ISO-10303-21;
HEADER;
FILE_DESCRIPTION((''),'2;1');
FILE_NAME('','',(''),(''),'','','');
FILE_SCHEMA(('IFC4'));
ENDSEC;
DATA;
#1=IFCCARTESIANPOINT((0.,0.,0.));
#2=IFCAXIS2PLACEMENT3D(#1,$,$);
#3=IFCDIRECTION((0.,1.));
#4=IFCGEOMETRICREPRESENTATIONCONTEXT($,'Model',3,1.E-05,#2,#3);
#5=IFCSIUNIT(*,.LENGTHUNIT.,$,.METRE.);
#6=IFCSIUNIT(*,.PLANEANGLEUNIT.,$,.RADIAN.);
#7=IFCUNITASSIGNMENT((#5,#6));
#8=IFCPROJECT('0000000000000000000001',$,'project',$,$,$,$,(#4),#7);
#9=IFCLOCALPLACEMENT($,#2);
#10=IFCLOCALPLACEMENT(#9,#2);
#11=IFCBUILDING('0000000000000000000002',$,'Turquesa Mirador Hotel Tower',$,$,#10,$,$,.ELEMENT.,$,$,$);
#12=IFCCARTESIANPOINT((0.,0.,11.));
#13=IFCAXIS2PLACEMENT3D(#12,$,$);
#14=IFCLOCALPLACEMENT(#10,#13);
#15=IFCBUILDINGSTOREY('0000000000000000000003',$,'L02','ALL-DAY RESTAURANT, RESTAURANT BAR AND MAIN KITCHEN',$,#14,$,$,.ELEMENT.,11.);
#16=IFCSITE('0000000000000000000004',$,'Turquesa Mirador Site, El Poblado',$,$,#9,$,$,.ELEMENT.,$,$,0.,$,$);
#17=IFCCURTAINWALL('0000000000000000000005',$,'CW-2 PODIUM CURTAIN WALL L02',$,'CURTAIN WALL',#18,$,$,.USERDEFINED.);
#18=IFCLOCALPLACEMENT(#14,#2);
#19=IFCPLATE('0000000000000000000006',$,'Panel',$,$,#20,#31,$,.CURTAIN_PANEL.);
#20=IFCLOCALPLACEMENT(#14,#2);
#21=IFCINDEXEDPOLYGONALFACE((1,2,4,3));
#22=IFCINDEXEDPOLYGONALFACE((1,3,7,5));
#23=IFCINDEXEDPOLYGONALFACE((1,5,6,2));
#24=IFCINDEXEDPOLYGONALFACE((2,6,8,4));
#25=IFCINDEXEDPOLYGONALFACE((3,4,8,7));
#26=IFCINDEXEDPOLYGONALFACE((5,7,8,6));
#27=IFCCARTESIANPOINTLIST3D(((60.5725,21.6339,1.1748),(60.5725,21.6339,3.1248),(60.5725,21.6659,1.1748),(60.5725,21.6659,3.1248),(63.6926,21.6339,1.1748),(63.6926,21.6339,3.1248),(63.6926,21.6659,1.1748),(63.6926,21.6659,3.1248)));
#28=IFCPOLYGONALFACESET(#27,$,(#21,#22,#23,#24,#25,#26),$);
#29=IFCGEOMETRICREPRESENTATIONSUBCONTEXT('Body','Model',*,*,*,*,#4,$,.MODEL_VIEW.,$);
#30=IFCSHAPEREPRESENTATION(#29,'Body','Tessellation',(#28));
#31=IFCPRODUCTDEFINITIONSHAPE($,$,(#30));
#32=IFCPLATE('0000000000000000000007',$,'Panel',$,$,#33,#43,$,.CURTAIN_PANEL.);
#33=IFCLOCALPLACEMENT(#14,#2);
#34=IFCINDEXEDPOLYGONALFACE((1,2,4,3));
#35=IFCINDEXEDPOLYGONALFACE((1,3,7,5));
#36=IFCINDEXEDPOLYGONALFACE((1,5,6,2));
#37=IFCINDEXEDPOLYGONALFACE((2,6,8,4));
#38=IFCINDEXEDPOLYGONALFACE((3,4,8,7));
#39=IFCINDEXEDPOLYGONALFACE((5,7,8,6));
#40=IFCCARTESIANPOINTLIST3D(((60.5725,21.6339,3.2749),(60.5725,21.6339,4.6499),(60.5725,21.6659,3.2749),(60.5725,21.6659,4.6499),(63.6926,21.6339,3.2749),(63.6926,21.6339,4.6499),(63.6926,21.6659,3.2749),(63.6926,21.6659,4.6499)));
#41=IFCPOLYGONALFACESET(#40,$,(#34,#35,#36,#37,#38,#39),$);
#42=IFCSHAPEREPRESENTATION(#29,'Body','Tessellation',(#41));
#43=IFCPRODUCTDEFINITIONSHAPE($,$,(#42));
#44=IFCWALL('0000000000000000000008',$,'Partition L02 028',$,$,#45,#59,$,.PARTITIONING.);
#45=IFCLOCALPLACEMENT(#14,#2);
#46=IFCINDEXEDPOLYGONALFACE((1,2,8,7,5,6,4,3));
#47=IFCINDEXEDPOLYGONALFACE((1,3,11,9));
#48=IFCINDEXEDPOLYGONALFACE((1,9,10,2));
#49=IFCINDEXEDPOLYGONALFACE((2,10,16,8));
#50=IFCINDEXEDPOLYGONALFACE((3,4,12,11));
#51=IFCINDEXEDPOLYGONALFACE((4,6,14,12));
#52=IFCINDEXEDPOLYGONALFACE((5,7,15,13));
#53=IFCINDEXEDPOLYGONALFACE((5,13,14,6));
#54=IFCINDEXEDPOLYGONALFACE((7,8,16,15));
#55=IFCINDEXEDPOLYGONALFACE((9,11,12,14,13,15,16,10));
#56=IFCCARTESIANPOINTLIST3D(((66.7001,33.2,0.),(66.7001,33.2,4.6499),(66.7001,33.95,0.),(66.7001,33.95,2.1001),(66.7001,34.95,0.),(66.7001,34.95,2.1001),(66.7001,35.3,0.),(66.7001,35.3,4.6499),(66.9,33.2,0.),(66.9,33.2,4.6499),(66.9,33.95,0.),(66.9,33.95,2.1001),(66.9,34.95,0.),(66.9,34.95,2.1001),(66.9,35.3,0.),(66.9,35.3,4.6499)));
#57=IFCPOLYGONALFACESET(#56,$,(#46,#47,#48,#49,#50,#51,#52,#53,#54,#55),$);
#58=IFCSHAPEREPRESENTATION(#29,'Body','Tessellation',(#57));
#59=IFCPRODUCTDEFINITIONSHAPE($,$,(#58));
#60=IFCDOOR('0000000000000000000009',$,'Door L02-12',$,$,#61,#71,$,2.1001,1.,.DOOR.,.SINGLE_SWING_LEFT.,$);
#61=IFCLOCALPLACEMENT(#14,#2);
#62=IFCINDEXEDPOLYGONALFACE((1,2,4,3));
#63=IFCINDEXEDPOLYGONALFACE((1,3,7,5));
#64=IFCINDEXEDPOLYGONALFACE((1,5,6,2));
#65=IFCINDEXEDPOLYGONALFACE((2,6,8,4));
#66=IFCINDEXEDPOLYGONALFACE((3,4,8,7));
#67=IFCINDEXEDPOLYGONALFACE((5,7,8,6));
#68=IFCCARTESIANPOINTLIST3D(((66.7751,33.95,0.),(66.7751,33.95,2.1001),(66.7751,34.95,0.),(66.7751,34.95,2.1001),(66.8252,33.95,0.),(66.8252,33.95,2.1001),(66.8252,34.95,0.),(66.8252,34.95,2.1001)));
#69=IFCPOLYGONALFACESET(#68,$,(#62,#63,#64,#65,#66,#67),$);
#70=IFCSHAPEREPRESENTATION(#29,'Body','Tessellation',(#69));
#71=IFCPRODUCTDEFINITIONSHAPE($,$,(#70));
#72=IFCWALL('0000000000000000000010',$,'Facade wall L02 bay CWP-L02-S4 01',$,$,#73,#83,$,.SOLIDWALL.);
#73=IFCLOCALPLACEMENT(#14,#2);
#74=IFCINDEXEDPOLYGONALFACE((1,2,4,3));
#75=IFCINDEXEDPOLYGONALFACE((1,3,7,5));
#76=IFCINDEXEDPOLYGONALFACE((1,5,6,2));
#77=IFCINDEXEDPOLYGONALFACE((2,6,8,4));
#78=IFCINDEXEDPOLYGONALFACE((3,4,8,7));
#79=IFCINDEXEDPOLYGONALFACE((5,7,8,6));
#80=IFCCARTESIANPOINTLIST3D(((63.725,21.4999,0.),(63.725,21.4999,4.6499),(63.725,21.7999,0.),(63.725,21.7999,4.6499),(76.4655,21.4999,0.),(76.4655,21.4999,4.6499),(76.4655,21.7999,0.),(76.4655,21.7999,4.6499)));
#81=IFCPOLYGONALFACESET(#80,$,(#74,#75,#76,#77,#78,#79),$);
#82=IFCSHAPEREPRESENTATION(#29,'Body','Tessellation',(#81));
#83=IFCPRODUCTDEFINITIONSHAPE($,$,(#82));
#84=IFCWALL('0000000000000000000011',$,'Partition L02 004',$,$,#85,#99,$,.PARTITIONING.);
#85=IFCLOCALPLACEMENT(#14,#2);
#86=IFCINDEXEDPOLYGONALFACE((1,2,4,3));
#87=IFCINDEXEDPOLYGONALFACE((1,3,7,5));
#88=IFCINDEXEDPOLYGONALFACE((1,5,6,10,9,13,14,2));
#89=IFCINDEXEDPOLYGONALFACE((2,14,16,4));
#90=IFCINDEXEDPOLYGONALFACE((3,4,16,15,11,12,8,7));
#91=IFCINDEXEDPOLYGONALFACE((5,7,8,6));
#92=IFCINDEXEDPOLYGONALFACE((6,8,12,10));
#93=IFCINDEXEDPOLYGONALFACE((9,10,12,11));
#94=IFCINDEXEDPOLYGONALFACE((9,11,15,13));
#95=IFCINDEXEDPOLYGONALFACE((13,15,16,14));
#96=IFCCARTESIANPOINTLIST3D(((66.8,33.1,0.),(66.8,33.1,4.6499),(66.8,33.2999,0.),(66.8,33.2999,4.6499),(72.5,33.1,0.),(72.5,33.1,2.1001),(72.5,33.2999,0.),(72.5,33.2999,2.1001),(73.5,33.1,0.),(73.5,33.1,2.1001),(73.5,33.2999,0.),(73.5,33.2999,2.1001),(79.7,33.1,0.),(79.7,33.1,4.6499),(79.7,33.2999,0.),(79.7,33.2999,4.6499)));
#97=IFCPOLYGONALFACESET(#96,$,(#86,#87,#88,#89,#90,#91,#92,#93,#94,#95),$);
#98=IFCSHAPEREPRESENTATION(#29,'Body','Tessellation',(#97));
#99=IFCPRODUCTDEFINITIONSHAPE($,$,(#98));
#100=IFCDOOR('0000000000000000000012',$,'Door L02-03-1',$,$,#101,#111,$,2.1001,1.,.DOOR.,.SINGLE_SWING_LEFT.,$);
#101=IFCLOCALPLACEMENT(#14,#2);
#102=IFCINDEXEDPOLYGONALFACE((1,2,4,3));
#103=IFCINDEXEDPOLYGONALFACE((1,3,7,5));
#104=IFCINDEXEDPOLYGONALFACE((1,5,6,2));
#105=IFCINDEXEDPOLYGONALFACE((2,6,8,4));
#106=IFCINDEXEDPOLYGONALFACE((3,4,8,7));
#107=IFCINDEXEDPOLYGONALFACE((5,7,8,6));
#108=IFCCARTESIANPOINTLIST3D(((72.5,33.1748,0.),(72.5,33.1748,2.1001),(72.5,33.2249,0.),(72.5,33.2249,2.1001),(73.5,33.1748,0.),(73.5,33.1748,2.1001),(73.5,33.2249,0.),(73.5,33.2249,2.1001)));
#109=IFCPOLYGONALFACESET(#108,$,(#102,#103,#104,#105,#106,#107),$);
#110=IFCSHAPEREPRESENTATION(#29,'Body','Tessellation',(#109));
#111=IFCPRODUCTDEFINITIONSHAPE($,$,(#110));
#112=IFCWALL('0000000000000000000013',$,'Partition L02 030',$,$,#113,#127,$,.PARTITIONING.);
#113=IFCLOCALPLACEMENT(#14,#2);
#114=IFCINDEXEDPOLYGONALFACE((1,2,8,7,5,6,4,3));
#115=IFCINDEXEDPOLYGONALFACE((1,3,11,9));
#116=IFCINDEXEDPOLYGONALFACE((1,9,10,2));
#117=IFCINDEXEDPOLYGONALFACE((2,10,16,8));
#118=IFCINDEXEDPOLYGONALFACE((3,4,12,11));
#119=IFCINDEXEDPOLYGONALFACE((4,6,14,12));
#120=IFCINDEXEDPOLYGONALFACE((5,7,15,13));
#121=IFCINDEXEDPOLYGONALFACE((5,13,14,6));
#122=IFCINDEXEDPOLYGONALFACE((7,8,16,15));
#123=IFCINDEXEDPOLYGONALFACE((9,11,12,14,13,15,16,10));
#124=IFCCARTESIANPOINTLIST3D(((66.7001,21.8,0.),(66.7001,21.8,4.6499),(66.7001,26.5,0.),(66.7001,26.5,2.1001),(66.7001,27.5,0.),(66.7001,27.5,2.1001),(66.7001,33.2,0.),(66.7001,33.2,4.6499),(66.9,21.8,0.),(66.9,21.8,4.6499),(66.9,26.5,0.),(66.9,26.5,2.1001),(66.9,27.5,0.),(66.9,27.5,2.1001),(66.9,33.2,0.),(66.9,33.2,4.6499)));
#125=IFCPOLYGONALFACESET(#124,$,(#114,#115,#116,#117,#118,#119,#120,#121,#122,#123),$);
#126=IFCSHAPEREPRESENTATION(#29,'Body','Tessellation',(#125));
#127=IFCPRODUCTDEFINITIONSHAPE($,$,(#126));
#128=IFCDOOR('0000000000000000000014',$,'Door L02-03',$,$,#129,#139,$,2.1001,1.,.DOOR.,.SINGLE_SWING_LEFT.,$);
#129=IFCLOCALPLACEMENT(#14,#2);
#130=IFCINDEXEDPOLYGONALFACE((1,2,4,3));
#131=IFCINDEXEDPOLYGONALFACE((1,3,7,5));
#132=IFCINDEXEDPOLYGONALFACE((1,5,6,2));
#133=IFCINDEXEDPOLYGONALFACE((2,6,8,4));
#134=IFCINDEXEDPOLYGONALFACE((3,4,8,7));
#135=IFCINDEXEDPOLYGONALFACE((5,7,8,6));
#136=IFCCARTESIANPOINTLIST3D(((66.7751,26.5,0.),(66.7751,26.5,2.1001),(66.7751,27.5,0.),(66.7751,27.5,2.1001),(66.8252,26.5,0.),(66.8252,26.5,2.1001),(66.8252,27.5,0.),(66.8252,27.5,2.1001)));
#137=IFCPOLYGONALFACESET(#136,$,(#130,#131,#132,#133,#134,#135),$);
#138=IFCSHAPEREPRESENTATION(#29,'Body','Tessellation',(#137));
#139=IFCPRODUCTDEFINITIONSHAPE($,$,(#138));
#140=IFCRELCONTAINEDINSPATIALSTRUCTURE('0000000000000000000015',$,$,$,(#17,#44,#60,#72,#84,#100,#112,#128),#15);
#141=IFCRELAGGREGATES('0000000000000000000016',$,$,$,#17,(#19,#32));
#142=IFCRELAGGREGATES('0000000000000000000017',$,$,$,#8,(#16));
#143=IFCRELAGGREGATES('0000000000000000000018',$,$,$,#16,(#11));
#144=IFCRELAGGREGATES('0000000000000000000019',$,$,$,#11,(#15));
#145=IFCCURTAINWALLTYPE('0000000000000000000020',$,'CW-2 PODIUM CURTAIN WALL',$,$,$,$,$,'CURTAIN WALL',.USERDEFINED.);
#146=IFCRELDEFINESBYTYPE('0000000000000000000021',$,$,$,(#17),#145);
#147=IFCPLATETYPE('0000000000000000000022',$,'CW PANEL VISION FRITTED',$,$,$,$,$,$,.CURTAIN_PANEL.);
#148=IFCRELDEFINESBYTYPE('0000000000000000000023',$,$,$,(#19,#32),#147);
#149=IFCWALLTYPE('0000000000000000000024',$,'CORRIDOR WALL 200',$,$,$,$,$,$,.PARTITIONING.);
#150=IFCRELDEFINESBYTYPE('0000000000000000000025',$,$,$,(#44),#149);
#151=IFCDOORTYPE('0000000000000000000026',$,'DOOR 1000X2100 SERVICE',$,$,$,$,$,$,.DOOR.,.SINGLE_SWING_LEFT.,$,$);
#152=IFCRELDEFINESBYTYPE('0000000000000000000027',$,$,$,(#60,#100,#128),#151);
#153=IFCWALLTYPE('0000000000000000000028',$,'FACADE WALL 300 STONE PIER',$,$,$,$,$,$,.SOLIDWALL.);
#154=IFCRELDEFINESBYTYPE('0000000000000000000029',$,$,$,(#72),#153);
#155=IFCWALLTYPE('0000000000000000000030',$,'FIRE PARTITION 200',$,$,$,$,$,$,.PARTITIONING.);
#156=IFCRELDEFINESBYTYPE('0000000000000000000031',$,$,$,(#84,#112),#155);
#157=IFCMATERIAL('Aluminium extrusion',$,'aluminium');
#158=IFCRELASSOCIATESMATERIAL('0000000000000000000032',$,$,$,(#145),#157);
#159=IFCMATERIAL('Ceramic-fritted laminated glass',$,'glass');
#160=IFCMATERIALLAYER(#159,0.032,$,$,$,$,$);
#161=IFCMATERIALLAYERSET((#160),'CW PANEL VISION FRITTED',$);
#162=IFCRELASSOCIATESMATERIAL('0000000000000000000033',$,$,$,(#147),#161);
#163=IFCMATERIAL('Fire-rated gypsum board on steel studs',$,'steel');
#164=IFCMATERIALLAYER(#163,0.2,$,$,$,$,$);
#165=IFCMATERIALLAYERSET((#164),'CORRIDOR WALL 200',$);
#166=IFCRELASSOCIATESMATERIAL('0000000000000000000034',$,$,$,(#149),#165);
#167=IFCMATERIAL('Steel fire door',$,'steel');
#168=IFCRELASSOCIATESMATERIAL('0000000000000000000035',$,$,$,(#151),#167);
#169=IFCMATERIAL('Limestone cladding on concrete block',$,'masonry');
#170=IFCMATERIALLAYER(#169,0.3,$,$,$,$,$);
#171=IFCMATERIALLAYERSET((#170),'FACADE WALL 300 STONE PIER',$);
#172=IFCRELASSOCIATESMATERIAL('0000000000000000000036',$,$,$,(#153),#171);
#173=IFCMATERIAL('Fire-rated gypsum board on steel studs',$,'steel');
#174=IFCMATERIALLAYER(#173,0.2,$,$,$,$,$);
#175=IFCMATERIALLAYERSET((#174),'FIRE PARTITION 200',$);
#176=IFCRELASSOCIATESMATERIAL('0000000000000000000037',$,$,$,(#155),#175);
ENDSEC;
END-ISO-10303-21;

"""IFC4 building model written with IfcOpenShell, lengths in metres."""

from ifc_helpers import new_model, si_unit, direction, frame, frame_2d, origin, origin_2d, place, context, subcontext, project, spatial, rectangle, extrude, material, layer, layer_set, type_object, element, fill, aggregate, save


model = new_model("IFC4")

# Units and contexts
model_context = context("Model", 3, precision=1e-05, world=origin(), true_north=direction((0.0, 1.0)))
body_context = subcontext(model_context, "Body", "Model", "MODEL_VIEW")
ifc_project = project(units=[si_unit("LENGTHUNIT", "METRE"), si_unit("PLANEANGLEUNIT", "RADIAN")], contexts=[model_context])

# Site, building, storey
site_placement = place(None, origin())
site = spatial("IfcSite", under=ifc_project, at=site_placement, Name="Turquesa Mirador Site, El Poblado", CompositionType="ELEMENT", RefElevation=0.0)
building_placement = place(site_placement, origin())
building = spatial("IfcBuilding", under=site, at=building_placement, Name="Turquesa Mirador Hotel Tower", CompositionType="ELEMENT")
storey_placement = place(building_placement, frame((0.0, 0.0, 11.0)))
storey = spatial("IfcBuildingStorey", under=building, at=storey_placement, Name="L02", Description="ALL-DAY RESTAURANT, RESTAURANT BAR AND MAIN KITCHEN", CompositionType="ELEMENT", Elevation=11.0)

# Curtain wall
ifc_material_1 = material(Name="Aluminium extrusion", Category="aluminium")
curtain_wall_type = type_object("IfcCurtainWallType", Name="CW-2 PODIUM CURTAIN WALL", ElementType="CURTAIN WALL", PredefinedType="USERDEFINED", material=ifc_material_1)
curtain_wall_placement = place(storey_placement, origin())
curtain_wall = element("IfcCurtainWall", 1, at=curtain_wall_placement, inside=storey, type_object=curtain_wall_type, Name="CW-2 PODIUM CURTAIN WALL L02", ObjectType="CURTAIN WALL", PredefinedType="USERDEFINED")

# Plates
ifc_material_2 = material(Name="Ceramic-fritted laminated glass", Category="glass")
ifc_layer_1 = layer(ifc_material_2, 0.032)
ifc_layer_set_1 = layer_set([ifc_layer_1], Name="CW PANEL VISION FRITTED")
plate_type_1 = type_object("IfcPlateType", Name="CW PANEL VISION FRITTED", PredefinedType="CURTAIN_PANEL", material=ifc_layer_set_1)
plate_1_placement = place(storey_placement, frame((62.1326, 21.6499, 1.1748), z_axis=(0.0, 0.0, 1.0), x_axis=(1.0, 0.0, 0.0)))
plate_1 = element("IfcPlate", 2, at=plate_1_placement, type_object=plate_type_1, Name="Panel", PredefinedType="CURTAIN_PANEL", context=body_context, shape_type="SweptSolid", body=[
    extrude(rectangle(XDim=3.1201, YDim=0.032, at=origin_2d()), origin(), (0.0, 0.0, 1.0), 1.95),
])
plate_2_placement = place(storey_placement, frame((62.1326, 21.6499, 3.2749), z_axis=(0.0, 0.0, 1.0), x_axis=(1.0, 0.0, 0.0)))
plate_2 = element("IfcPlate", 3, at=plate_2_placement, type_object=plate_type_1, Name="Panel", PredefinedType="CURTAIN_PANEL", context=body_context, shape_type="SweptSolid", body=[
    extrude(rectangle(XDim=3.1201, YDim=0.032, at=origin_2d()), origin(), (0.0, 0.0, 1.0), 1.375),
])
aggregate(curtain_wall, [plate_1, plate_2])

# Wall, opening, door
ifc_material_3 = material(Name="Fire-rated gypsum board on steel studs", Category="steel")
ifc_layer_2 = layer(ifc_material_3, 0.2)
ifc_layer_set_2 = layer_set([ifc_layer_2], Name="CORRIDOR WALL 200")
wall_type_1 = type_object("IfcWallType", Name="CORRIDOR WALL 200", PredefinedType="PARTITIONING", material=ifc_layer_set_2)
wall_1_placement = place(storey_placement, frame((66.8, 33.2, 0.0), z_axis=(0.0, 0.0, 1.0), x_axis=(0.0, 1.0, 0.0)))
wall_1 = element("IfcWall", 4, at=wall_1_placement, inside=storey, type_object=wall_type_1, Name="Partition L02 028", PredefinedType="PARTITIONING", context=body_context, shape_type="SweptSolid", body=[
    extrude(rectangle(XDim=2.1001, YDim=0.2, at=frame_2d((1.05, 0.0))), origin(), (0.0, 0.0, 1.0), 4.6499),
])
opening_1_placement = place(wall_1_placement, frame((0.75, 0.0, 0.0)))
opening_1 = element("IfcOpeningElement", 5, at=opening_1_placement, cuts=wall_1, PredefinedType="OPENING", context=body_context, shape_type="SweptSolid", body=[
    extrude(rectangle(XDim=1.0, YDim=2.1001, at=frame_2d((0.5, 1.05))), frame((0.0, 0.1099, 0.0), z_axis=(0.0, -1.0, 0.0), x_axis=(1.0, 0.0, 0.0)), (0.0, 0.0, 1.0), 0.22),
])
ifc_material_4 = material(Name="Steel fire door", Category="steel")
door_type = type_object("IfcDoorType", Name="DOOR 1000X2100 SERVICE", OperationType="SINGLE_SWING_LEFT", PredefinedType="DOOR", material=ifc_material_4)
door_1_placement = place(opening_1_placement, origin())
door_1 = element("IfcDoor", 6, at=door_1_placement, inside=storey, type_object=door_type, Name="Door L02-12", OperationType="SINGLE_SWING_LEFT", OverallHeight=2.1001, OverallWidth=1.0, PredefinedType="DOOR", context=body_context, shape_type="SweptSolid", body=[
    extrude(rectangle(XDim=1.0, YDim=2.1001, at=frame_2d((0.5, 1.05))), frame((0.0, 0.0249, 0.0), z_axis=(0.0, -1.0, 0.0), x_axis=(1.0, 0.0, 0.0)), (0.0, 0.0, 1.0), 0.05),
])
fill(opening_1, door_1)

# Wall
ifc_material_5 = material(Name="Limestone cladding on concrete block", Category="masonry")
ifc_layer_3 = layer(ifc_material_5, 0.3)
ifc_layer_set_3 = layer_set([ifc_layer_3], Name="FACADE WALL 300 STONE PIER")
wall_type_2 = type_object("IfcWallType", Name="FACADE WALL 300 STONE PIER", PredefinedType="SOLIDWALL", material=ifc_layer_set_3)
wall_2_placement = place(storey_placement, frame((63.7251, 21.6499, 0.0), z_axis=(0.0, 0.0, 1.0), x_axis=(1.0, 0.0, 0.0)))
element("IfcWall", 7, at=wall_2_placement, inside=storey, type_object=wall_type_2, Name="Facade wall L02 bay CWP-L02-S4 01", PredefinedType="SOLIDWALL", context=body_context, shape_type="SweptSolid", body=[
    extrude(rectangle(XDim=12.7405, YDim=0.3, at=frame_2d((6.3701, 0.0))), origin(), (0.0, 0.0, 1.0), 4.6499),
])

# Walls, openings, doors
ifc_material_6 = material(Name="Fire-rated gypsum board on steel studs", Category="steel")
ifc_layer_4 = layer(ifc_material_6, 0.2)
ifc_layer_set_4 = layer_set([ifc_layer_4], Name="FIRE PARTITION 200")
wall_type_3 = type_object("IfcWallType", Name="FIRE PARTITION 200", PredefinedType="PARTITIONING", material=ifc_layer_set_4)
wall_3_placement = place(storey_placement, frame((66.8, 33.2, 0.0), z_axis=(0.0, 0.0, 1.0), x_axis=(1.0, 0.0, 0.0)))
wall_3 = element("IfcWall", 8, at=wall_3_placement, inside=storey, type_object=wall_type_3, Name="Partition L02 004", PredefinedType="PARTITIONING", context=body_context, shape_type="SweptSolid", body=[
    extrude(rectangle(XDim=12.8999, YDim=0.2, at=frame_2d((6.45, 0.0))), origin(), (0.0, 0.0, 1.0), 4.6499),
])
opening_2_placement = place(wall_3_placement, frame((5.7, 0.0, 0.0)))
opening_2 = element("IfcOpeningElement", 9, at=opening_2_placement, cuts=wall_3, PredefinedType="OPENING", context=body_context, shape_type="SweptSolid", body=[
    extrude(rectangle(XDim=1.0, YDim=2.1001, at=frame_2d((0.5, 1.05))), frame((0.0, 0.1099, 0.0), z_axis=(0.0, -1.0, 0.0), x_axis=(1.0, 0.0, 0.0)), (0.0, 0.0, 1.0), 0.22),
])
door_2_placement = place(opening_2_placement, origin())
door_2 = element("IfcDoor", 10, at=door_2_placement, inside=storey, type_object=door_type, Name="Door L02-03-1", OperationType="SINGLE_SWING_LEFT", OverallHeight=2.1001, OverallWidth=1.0, PredefinedType="DOOR", context=body_context, shape_type="SweptSolid", body=[
    extrude(rectangle(XDim=1.0, YDim=2.1001, at=frame_2d((0.5, 1.05))), frame((0.0, 0.0249, 0.0), z_axis=(0.0, -1.0, 0.0), x_axis=(1.0, 0.0, 0.0)), (0.0, 0.0, 1.0), 0.05),
])
fill(opening_2, door_2)
wall_4_placement = place(storey_placement, frame((66.8, 21.8, 0.0), z_axis=(0.0, 0.0, 1.0), x_axis=(0.0, 1.0, 0.0)))
wall_4 = element("IfcWall", 11, at=wall_4_placement, inside=storey, type_object=wall_type_3, Name="Partition L02 030", PredefinedType="PARTITIONING", context=body_context, shape_type="SweptSolid", body=[
    extrude(rectangle(XDim=11.3999, YDim=0.2, at=frame_2d((5.7, 0.0))), origin(), (0.0, 0.0, 1.0), 4.6499),
])
opening_3_placement = place(wall_4_placement, frame((4.7, 0.0, 0.0)))
opening_3 = element("IfcOpeningElement", 12, at=opening_3_placement, cuts=wall_4, PredefinedType="OPENING", context=body_context, shape_type="SweptSolid", body=[
    extrude(rectangle(XDim=1.0, YDim=2.1001, at=frame_2d((0.5, 1.05))), frame((0.0, 0.1099, 0.0), z_axis=(0.0, -1.0, 0.0), x_axis=(1.0, 0.0, 0.0)), (0.0, 0.0, 1.0), 0.22),
])
door_3_placement = place(opening_3_placement, origin())
door_3 = element("IfcDoor", 13, at=door_3_placement, inside=storey, type_object=door_type, Name="Door L02-03", OperationType="SINGLE_SWING_LEFT", OverallHeight=2.1001, OverallWidth=1.0, PredefinedType="DOOR", context=body_context, shape_type="SweptSolid", body=[
    extrude(rectangle(XDim=1.0, YDim=2.1001, at=frame_2d((0.5, 1.05))), frame((0.0, 0.0249, 0.0), z_axis=(0.0, -1.0, 0.0), x_axis=(1.0, 0.0, 0.0)), (0.0, 0.0, 1.0), 0.05),
])
fill(opening_3, door_3)

save(model, "model.ifc")
